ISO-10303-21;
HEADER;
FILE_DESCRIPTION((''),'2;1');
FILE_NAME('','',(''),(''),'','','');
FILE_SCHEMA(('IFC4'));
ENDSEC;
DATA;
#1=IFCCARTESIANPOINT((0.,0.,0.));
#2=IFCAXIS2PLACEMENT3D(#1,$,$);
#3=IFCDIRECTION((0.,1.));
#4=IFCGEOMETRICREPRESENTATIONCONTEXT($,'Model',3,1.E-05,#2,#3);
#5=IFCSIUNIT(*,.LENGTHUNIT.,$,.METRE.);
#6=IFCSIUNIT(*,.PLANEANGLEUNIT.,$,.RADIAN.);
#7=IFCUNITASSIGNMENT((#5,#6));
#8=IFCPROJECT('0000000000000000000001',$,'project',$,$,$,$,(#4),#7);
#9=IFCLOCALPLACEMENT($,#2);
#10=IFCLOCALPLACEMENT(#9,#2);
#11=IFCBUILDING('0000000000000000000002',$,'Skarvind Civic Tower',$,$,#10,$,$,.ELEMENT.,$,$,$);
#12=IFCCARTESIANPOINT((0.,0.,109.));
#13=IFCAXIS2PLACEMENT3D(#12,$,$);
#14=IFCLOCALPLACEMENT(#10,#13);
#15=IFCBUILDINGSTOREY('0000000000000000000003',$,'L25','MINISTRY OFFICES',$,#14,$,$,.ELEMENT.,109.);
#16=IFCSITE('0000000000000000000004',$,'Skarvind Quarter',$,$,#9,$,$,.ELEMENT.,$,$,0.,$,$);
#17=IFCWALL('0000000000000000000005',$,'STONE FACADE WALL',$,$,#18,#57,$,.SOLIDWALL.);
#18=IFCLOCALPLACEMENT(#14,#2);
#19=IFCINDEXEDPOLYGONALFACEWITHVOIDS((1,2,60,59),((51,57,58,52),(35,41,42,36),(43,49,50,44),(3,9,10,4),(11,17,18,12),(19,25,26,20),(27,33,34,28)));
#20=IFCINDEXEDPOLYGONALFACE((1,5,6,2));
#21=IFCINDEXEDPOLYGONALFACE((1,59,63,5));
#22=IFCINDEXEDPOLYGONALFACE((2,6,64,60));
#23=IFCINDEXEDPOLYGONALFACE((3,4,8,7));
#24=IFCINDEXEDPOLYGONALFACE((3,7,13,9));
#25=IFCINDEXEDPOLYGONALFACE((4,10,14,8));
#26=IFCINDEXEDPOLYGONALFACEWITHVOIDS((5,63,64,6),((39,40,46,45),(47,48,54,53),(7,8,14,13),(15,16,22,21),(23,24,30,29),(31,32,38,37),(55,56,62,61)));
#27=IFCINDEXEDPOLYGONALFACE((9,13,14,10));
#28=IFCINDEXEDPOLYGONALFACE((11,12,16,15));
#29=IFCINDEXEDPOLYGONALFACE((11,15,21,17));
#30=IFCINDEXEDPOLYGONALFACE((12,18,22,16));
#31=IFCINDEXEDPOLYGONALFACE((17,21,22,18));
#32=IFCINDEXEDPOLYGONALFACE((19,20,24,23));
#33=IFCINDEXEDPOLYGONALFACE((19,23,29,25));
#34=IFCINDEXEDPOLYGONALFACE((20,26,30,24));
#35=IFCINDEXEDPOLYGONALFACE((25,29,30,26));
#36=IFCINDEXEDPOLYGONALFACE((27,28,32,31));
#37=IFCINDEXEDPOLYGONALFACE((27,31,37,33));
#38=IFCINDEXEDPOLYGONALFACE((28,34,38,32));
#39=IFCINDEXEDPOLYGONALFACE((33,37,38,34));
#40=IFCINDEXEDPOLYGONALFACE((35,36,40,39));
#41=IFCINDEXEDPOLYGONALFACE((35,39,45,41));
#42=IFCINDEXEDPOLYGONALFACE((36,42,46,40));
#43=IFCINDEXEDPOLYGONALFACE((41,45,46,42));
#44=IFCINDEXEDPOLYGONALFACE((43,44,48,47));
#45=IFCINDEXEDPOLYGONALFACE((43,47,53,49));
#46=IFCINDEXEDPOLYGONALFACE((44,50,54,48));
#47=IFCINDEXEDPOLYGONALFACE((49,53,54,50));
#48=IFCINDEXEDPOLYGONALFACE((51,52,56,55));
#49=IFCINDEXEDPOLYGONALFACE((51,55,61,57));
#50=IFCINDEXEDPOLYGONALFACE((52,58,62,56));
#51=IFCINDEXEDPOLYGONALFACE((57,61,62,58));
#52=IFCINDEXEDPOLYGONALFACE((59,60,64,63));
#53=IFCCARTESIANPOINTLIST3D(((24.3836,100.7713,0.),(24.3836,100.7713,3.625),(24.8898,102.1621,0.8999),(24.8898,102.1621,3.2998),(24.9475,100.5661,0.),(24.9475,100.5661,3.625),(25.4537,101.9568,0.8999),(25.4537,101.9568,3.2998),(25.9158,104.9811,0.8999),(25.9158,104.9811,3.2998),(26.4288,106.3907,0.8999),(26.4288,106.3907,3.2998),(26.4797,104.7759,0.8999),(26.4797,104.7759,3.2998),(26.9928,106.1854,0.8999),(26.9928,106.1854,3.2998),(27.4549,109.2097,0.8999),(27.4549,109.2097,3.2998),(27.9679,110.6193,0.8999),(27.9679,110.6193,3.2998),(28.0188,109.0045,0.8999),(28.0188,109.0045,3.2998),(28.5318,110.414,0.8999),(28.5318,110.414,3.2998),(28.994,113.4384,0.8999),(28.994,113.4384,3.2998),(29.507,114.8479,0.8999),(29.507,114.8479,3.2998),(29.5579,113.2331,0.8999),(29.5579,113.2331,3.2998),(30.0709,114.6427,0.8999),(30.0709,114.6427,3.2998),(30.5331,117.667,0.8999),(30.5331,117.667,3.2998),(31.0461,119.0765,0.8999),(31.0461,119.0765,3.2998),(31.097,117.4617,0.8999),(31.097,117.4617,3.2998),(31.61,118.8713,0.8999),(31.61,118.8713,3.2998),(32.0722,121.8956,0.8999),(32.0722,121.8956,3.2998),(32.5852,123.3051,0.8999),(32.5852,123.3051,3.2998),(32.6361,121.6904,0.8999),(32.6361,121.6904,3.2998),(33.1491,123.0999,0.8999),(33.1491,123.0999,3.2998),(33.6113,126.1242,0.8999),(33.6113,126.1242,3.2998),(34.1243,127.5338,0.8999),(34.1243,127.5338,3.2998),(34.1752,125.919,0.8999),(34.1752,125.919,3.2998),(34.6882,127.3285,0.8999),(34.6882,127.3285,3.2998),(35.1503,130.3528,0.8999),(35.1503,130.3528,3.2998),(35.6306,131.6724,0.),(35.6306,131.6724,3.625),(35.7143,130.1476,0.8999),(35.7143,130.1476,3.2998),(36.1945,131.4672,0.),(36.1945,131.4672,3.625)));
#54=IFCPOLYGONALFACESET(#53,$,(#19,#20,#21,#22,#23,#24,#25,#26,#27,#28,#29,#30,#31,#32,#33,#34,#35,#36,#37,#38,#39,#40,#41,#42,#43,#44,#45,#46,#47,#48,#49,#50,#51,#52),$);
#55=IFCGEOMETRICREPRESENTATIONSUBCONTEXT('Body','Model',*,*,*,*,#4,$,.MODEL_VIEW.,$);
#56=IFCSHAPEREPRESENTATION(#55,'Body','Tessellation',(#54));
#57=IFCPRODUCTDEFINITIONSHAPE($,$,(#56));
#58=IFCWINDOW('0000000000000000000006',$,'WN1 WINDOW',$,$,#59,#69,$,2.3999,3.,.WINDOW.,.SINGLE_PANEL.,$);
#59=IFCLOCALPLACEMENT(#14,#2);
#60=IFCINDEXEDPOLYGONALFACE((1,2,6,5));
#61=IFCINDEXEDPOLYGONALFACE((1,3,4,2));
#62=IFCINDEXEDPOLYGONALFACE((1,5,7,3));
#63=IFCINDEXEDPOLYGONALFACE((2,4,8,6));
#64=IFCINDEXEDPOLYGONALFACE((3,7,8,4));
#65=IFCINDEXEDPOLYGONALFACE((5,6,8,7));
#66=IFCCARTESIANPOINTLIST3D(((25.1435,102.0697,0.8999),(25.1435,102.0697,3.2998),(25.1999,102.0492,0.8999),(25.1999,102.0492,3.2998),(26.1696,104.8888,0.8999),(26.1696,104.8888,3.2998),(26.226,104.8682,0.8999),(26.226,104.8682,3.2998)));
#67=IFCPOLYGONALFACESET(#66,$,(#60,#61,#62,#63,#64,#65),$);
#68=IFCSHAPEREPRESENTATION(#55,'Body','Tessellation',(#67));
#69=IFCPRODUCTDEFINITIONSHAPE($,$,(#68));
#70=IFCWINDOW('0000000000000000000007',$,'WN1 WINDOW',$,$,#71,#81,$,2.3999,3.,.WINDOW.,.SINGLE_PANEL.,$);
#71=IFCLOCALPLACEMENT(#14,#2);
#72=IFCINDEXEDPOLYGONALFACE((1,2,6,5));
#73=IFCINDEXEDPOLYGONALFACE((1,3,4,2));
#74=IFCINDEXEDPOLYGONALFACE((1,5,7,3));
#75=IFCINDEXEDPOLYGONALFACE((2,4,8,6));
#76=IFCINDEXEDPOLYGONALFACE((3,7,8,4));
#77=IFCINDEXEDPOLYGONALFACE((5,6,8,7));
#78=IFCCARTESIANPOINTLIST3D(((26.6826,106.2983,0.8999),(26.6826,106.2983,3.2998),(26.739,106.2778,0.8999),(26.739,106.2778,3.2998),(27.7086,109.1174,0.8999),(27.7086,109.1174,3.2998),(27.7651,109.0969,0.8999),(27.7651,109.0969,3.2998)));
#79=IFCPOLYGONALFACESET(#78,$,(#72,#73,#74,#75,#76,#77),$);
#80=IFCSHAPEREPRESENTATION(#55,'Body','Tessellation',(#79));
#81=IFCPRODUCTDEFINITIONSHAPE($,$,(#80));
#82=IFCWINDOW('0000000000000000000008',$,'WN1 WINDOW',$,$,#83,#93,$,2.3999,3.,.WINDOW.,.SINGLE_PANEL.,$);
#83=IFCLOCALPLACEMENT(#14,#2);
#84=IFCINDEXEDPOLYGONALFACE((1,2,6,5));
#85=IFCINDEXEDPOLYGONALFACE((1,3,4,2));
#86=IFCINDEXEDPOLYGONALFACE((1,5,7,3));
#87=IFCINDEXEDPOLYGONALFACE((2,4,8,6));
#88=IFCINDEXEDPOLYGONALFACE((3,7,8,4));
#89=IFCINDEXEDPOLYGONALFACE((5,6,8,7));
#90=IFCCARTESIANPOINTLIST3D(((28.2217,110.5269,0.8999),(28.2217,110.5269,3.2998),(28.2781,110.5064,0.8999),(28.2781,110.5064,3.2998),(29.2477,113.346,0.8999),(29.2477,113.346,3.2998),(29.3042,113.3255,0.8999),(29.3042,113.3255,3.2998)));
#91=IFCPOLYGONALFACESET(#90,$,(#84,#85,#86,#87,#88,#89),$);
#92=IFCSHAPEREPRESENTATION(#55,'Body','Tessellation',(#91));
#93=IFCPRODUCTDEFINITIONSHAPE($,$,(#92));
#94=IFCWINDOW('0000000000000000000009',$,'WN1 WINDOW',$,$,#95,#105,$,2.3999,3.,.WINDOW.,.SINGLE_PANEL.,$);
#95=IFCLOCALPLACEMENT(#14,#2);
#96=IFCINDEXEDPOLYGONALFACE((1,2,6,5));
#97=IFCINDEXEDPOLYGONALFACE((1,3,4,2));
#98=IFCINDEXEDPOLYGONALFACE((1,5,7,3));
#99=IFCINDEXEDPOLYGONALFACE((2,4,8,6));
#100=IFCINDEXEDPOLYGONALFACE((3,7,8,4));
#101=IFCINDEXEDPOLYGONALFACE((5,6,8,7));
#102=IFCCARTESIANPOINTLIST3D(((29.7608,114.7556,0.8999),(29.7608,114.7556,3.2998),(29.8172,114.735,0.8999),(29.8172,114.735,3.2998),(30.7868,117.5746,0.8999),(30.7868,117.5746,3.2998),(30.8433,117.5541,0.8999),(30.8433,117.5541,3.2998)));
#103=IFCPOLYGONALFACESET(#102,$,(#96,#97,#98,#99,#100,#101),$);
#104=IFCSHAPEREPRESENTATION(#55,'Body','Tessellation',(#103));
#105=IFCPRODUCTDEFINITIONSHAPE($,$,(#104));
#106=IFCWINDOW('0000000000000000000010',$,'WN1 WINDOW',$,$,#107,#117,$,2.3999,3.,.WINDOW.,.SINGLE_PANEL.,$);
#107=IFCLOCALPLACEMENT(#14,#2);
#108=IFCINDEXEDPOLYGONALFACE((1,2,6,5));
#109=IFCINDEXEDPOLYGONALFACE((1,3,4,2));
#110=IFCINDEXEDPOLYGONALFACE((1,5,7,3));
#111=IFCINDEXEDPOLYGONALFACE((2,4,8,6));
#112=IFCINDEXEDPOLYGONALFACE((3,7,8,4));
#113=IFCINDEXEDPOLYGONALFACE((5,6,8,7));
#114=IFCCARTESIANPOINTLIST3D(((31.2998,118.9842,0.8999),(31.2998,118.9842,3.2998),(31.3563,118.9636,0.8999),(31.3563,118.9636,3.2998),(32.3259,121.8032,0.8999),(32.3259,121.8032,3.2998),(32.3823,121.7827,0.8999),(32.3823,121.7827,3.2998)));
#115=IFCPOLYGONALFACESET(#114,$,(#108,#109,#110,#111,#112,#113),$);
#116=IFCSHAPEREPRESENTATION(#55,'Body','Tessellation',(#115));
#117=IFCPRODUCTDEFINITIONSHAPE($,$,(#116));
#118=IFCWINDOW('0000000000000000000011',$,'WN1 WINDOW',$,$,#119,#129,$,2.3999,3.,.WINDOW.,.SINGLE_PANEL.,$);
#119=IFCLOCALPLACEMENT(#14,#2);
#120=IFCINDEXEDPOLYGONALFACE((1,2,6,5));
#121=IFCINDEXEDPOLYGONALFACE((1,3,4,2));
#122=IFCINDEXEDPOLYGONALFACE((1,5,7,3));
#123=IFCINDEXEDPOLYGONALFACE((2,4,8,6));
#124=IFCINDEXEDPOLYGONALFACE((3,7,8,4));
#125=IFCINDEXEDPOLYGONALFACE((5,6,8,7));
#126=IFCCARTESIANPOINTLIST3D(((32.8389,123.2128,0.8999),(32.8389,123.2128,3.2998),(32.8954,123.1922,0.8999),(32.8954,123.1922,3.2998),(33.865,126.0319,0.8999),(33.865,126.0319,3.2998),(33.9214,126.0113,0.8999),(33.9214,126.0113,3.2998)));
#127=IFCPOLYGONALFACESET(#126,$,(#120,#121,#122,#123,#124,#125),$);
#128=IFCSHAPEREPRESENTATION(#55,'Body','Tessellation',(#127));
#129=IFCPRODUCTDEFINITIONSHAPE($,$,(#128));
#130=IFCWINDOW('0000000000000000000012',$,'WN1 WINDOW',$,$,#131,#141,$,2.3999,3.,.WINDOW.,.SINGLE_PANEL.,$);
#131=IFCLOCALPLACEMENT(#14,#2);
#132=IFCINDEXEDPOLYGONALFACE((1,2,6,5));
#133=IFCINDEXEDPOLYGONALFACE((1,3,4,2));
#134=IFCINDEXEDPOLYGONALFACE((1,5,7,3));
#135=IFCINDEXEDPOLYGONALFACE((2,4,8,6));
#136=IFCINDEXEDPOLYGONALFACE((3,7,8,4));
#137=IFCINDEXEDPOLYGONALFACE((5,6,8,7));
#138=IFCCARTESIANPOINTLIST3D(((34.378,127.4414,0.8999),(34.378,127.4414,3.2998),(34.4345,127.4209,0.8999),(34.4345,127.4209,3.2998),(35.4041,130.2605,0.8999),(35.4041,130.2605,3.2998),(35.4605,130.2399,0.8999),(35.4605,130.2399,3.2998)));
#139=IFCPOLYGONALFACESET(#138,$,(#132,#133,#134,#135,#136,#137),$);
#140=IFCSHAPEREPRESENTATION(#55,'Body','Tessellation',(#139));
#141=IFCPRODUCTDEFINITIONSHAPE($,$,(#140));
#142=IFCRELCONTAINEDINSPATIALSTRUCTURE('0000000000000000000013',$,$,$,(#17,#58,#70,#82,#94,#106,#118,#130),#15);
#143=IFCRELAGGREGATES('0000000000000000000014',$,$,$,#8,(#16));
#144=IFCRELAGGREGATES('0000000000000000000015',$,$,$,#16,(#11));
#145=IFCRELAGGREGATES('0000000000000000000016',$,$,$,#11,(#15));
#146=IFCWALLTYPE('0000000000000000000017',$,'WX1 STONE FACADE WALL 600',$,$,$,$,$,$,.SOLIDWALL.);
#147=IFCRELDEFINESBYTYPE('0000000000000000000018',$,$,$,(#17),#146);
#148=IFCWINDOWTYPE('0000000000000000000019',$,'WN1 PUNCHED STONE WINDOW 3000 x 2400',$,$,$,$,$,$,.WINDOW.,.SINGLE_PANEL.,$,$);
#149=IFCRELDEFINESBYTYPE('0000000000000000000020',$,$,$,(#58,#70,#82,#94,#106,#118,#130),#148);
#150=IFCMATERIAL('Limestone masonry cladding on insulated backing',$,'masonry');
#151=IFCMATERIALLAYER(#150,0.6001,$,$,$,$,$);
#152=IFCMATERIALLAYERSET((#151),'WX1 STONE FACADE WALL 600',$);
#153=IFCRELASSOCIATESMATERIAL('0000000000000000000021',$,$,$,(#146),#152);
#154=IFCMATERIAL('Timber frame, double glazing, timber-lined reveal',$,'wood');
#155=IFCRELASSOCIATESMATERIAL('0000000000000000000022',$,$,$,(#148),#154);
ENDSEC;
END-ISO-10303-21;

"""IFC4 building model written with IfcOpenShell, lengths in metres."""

from ifc_helpers import new_model, si_unit, direction, frame, frame_2d, origin, place, context, subcontext, project, spatial, rectangle, extrude, material, layer, layer_set, type_object, element, fill, save


model = new_model("IFC4")

# Units and contexts
model_context = context("Model", 3, precision=1e-05, world=origin(), true_north=direction((0.0, 1.0)))
body_context = subcontext(model_context, "Body", "Model", "MODEL_VIEW")
ifc_project = project(units=[si_unit("LENGTHUNIT", "METRE"), si_unit("PLANEANGLEUNIT", "RADIAN")], contexts=[model_context])

# Site, building, storey
site_placement = place(None, origin())
site = spatial("IfcSite", under=ifc_project, at=site_placement, Name="Skarvind Quarter", CompositionType="ELEMENT", RefElevation=0.0)
building_placement = place(site_placement, origin())
building = spatial("IfcBuilding", under=site, at=building_placement, Name="Skarvind Civic Tower", CompositionType="ELEMENT")
storey_placement = place(building_placement, frame((0.0, 0.0, 109.0)))
storey = spatial("IfcBuildingStorey", under=building, at=storey_placement, Name="L25", Description="MINISTRY OFFICES", CompositionType="ELEMENT", Elevation=109.0)

# Wall, openings, windows
ifc_material_1 = material(Name="Limestone masonry cladding on insulated backing", Category="masonry")
ifc_layer_1 = layer(ifc_material_1, 0.6001)
ifc_layer_set_1 = layer_set([ifc_layer_1], Name="WX1 STONE FACADE WALL 600")
wall_type_1 = type_object("IfcWallType", Name="WX1 STONE FACADE WALL 600", PredefinedType="SOLIDWALL", material=ifc_layer_set_1)
wall_1_placement = place(storey_placement, frame((24.6655, 100.6687, 0.0), z_axis=(0.0, 0.0, 1.0), x_axis=(0.34202, 0.939693, 0.0)))
wall_1 = element("IfcWall", 1, at=wall_1_placement, inside=storey, type_object=wall_type_1, Name="STONE FACADE WALL", PredefinedType="SOLIDWALL", context=body_context, shape_type="SweptSolid", body=[
    extrude(rectangle(XDim=32.8843, YDim=0.6001, at=frame_2d((16.4421, 0.0))), origin(), (0.0, 0.0, 1.0), 3.625),
])
opening_1_placement = place(wall_1_placement, frame((1.48, 0.0, 0.8999)))
opening_1 = element("IfcOpeningElement", 2, at=opening_1_placement, cuts=wall_1, PredefinedType="OPENING", context=body_context, shape_type="SweptSolid", body=[
    extrude(rectangle(XDim=3.0, YDim=2.3999, at=frame_2d((1.5, 1.2))), frame((0.0, 0.3101, 0.0), z_axis=(0.0, -1.0, 0.0), x_axis=(1.0, 0.0, 0.0)), (0.0, 0.0, 1.0), 0.6201),
])
opening_2_placement = place(wall_1_placement, frame((5.98, 0.0, 0.8999)))
opening_2 = element("IfcOpeningElement", 3, at=opening_2_placement, cuts=wall_1, PredefinedType="OPENING", context=body_context, shape_type="SweptSolid", body=[
    extrude(rectangle(XDim=3.0, YDim=2.3999, at=frame_2d((1.5, 1.2))), frame((0.0, 0.3101, 0.0), z_axis=(0.0, -1.0, 0.0), x_axis=(1.0, 0.0, 0.0)), (0.0, 0.0, 1.0), 0.6201),
])
opening_3_placement = place(wall_1_placement, frame((10.48, 0.0, 0.8999)))
opening_3 = element("IfcOpeningElement", 4, at=opening_3_placement, cuts=wall_1, PredefinedType="OPENING", context=body_context, shape_type="SweptSolid", body=[
    extrude(rectangle(XDim=3.0, YDim=2.3999, at=frame_2d((1.5, 1.2))), frame((0.0, 0.3101, 0.0), z_axis=(0.0, -1.0, 0.0), x_axis=(1.0, 0.0, 0.0)), (0.0, 0.0, 1.0), 0.6201),
])
opening_4_placement = place(wall_1_placement, frame((14.98, 0.0, 0.8999)))
opening_4 = element("IfcOpeningElement", 5, at=opening_4_placement, cuts=wall_1, PredefinedType="OPENING", context=body_context, shape_type="SweptSolid", body=[
    extrude(rectangle(XDim=3.0, YDim=2.3999, at=frame_2d((1.5, 1.2))), frame((0.0, 0.3101, 0.0), z_axis=(0.0, -1.0, 0.0), x_axis=(1.0, 0.0, 0.0)), (0.0, 0.0, 1.0), 0.6201),
])
opening_5_placement = place(wall_1_placement, frame((19.48, 0.0, 0.8999)))
opening_5 = element("IfcOpeningElement", 6, at=opening_5_placement, cuts=wall_1, PredefinedType="OPENING", context=body_context, shape_type="SweptSolid", body=[
    extrude(rectangle(XDim=3.0, YDim=2.3999, at=frame_2d((1.5, 1.2))), frame((0.0, 0.3101, 0.0), z_axis=(0.0, -1.0, 0.0), x_axis=(1.0, 0.0, 0.0)), (0.0, 0.0, 1.0), 0.6201),
])
opening_6_placement = place(wall_1_placement, frame((23.98, 0.0, 0.8999)))
opening_6 = element("IfcOpeningElement", 7, at=opening_6_placement, cuts=wall_1, PredefinedType="OPENING", context=body_context, shape_type="SweptSolid", body=[
    extrude(rectangle(XDim=3.0, YDim=2.3999, at=frame_2d((1.5, 1.2))), frame((0.0, 0.3101, 0.0), z_axis=(0.0, -1.0, 0.0), x_axis=(1.0, 0.0, 0.0)), (0.0, 0.0, 1.0), 0.6201),
])
opening_7_placement = place(wall_1_placement, frame((28.48, 0.0, 0.8999)))
opening_7 = element("IfcOpeningElement", 8, at=opening_7_placement, cuts=wall_1, PredefinedType="OPENING", context=body_context, shape_type="SweptSolid", body=[
    extrude(rectangle(XDim=3.0, YDim=2.3999, at=frame_2d((1.5, 1.2))), frame((0.0, 0.3101, 0.0), z_axis=(0.0, -1.0, 0.0), x_axis=(1.0, 0.0, 0.0)), (0.0, 0.0, 1.0), 0.6201),
])
ifc_material_2 = material(Name="Timber frame, double glazing, timber-lined reveal", Category="wood")
window_type = type_object("IfcWindowType", Name="WN1 PUNCHED STONE WINDOW 3000 x 2400", PartitioningType="SINGLE_PANEL", PredefinedType="WINDOW", material=ifc_material_2)
window_1_placement = place(opening_1_placement, origin())
window_1 = element("IfcWindow", 9, at=window_1_placement, inside=storey, type_object=window_type, Name="WN1 WINDOW", OverallHeight=2.3999, OverallWidth=3.0, PartitioningType="SINGLE_PANEL", PredefinedType="WINDOW", context=body_context, shape_type="SweptSolid", body=[
    extrude(rectangle(XDim=3.0, YDim=2.3999, at=frame_2d((1.5, 1.2))), frame((0.0, 0.03, 0.0), z_axis=(0.0, -1.0, 0.0), x_axis=(1.0, 0.0, 0.0)), (0.0, 0.0, 1.0), 0.0601),
])
fill(opening_1, window_1)
window_2_placement = place(opening_2_placement, origin())
window_2 = element("IfcWindow", 10, at=window_2_placement, inside=storey, type_object=window_type, Name="WN1 WINDOW", OverallHeight=2.3999, OverallWidth=3.0, PartitioningType="SINGLE_PANEL", PredefinedType="WINDOW", context=body_context, shape_type="SweptSolid", body=[
    extrude(rectangle(XDim=3.0, YDim=2.3999, at=frame_2d((1.5, 1.2))), frame((0.0, 0.03, 0.0), z_axis=(0.0, -1.0, 0.0), x_axis=(1.0, 0.0, 0.0)), (0.0, 0.0, 1.0), 0.0601),
])
fill(opening_2, window_2)
window_3_placement = place(opening_3_placement, origin())
window_3 = element("IfcWindow", 11, at=window_3_placement, inside=storey, type_object=window_type, Name="WN1 WINDOW", OverallHeight=2.3999, OverallWidth=3.0, PartitioningType="SINGLE_PANEL", PredefinedType="WINDOW", context=body_context, shape_type="SweptSolid", body=[
    extrude(rectangle(XDim=3.0, YDim=2.3999, at=frame_2d((1.5, 1.2))), frame((0.0, 0.03, 0.0), z_axis=(0.0, -1.0, 0.0), x_axis=(1.0, 0.0, 0.0)), (0.0, 0.0, 1.0), 0.0601),
])
fill(opening_3, window_3)
window_4_placement = place(opening_4_placement, origin())
window_4 = element("IfcWindow", 12, at=window_4_placement, inside=storey, type_object=window_type, Name="WN1 WINDOW", OverallHeight=2.3999, OverallWidth=3.0, PartitioningType="SINGLE_PANEL", PredefinedType="WINDOW", context=body_context, shape_type="SweptSolid", body=[
    extrude(rectangle(XDim=3.0, YDim=2.3999, at=frame_2d((1.5, 1.2))), frame((0.0, 0.03, 0.0), z_axis=(0.0, -1.0, 0.0), x_axis=(1.0, 0.0, 0.0)), (0.0, 0.0, 1.0), 0.0601),
])
fill(opening_4, window_4)
window_5_placement = place(opening_5_placement, origin())
window_5 = element("IfcWindow", 13, at=window_5_placement, inside=storey, type_object=window_type, Name="WN1 WINDOW", OverallHeight=2.3999, OverallWidth=3.0, PartitioningType="SINGLE_PANEL", PredefinedType="WINDOW", context=body_context, shape_type="SweptSolid", body=[
    extrude(rectangle(XDim=3.0, YDim=2.3999, at=frame_2d((1.5, 1.2))), frame((0.0, 0.03, 0.0), z_axis=(0.0, -1.0, 0.0), x_axis=(1.0, 0.0, 0.0)), (0.0, 0.0, 1.0), 0.0601),
])
fill(opening_5, window_5)
window_6_placement = place(opening_6_placement, origin())
window_6 = element("IfcWindow", 14, at=window_6_placement, inside=storey, type_object=window_type, Name="WN1 WINDOW", OverallHeight=2.3999, OverallWidth=3.0, PartitioningType="SINGLE_PANEL", PredefinedType="WINDOW", context=body_context, shape_type="SweptSolid", body=[
    extrude(rectangle(XDim=3.0, YDim=2.3999, at=frame_2d((1.5, 1.2))), frame((0.0, 0.03, 0.0), z_axis=(0.0, -1.0, 0.0), x_axis=(1.0, 0.0, 0.0)), (0.0, 0.0, 1.0), 0.0601),
])
fill(opening_6, window_6)
window_7_placement = place(opening_7_placement, origin())
window_7 = element("IfcWindow", 15, at=window_7_placement, inside=storey, type_object=window_type, Name="WN1 WINDOW", OverallHeight=2.3999, OverallWidth=3.0, PartitioningType="SINGLE_PANEL", PredefinedType="WINDOW", context=body_context, shape_type="SweptSolid", body=[
    extrude(rectangle(XDim=3.0, YDim=2.3999, at=frame_2d((1.5, 1.2))), frame((0.0, 0.03, 0.0), z_axis=(0.0, -1.0, 0.0), x_axis=(1.0, 0.0, 0.0)), (0.0, 0.0, 1.0), 0.0601),
])
fill(opening_7, window_7)

save(model, "model.ifc")
